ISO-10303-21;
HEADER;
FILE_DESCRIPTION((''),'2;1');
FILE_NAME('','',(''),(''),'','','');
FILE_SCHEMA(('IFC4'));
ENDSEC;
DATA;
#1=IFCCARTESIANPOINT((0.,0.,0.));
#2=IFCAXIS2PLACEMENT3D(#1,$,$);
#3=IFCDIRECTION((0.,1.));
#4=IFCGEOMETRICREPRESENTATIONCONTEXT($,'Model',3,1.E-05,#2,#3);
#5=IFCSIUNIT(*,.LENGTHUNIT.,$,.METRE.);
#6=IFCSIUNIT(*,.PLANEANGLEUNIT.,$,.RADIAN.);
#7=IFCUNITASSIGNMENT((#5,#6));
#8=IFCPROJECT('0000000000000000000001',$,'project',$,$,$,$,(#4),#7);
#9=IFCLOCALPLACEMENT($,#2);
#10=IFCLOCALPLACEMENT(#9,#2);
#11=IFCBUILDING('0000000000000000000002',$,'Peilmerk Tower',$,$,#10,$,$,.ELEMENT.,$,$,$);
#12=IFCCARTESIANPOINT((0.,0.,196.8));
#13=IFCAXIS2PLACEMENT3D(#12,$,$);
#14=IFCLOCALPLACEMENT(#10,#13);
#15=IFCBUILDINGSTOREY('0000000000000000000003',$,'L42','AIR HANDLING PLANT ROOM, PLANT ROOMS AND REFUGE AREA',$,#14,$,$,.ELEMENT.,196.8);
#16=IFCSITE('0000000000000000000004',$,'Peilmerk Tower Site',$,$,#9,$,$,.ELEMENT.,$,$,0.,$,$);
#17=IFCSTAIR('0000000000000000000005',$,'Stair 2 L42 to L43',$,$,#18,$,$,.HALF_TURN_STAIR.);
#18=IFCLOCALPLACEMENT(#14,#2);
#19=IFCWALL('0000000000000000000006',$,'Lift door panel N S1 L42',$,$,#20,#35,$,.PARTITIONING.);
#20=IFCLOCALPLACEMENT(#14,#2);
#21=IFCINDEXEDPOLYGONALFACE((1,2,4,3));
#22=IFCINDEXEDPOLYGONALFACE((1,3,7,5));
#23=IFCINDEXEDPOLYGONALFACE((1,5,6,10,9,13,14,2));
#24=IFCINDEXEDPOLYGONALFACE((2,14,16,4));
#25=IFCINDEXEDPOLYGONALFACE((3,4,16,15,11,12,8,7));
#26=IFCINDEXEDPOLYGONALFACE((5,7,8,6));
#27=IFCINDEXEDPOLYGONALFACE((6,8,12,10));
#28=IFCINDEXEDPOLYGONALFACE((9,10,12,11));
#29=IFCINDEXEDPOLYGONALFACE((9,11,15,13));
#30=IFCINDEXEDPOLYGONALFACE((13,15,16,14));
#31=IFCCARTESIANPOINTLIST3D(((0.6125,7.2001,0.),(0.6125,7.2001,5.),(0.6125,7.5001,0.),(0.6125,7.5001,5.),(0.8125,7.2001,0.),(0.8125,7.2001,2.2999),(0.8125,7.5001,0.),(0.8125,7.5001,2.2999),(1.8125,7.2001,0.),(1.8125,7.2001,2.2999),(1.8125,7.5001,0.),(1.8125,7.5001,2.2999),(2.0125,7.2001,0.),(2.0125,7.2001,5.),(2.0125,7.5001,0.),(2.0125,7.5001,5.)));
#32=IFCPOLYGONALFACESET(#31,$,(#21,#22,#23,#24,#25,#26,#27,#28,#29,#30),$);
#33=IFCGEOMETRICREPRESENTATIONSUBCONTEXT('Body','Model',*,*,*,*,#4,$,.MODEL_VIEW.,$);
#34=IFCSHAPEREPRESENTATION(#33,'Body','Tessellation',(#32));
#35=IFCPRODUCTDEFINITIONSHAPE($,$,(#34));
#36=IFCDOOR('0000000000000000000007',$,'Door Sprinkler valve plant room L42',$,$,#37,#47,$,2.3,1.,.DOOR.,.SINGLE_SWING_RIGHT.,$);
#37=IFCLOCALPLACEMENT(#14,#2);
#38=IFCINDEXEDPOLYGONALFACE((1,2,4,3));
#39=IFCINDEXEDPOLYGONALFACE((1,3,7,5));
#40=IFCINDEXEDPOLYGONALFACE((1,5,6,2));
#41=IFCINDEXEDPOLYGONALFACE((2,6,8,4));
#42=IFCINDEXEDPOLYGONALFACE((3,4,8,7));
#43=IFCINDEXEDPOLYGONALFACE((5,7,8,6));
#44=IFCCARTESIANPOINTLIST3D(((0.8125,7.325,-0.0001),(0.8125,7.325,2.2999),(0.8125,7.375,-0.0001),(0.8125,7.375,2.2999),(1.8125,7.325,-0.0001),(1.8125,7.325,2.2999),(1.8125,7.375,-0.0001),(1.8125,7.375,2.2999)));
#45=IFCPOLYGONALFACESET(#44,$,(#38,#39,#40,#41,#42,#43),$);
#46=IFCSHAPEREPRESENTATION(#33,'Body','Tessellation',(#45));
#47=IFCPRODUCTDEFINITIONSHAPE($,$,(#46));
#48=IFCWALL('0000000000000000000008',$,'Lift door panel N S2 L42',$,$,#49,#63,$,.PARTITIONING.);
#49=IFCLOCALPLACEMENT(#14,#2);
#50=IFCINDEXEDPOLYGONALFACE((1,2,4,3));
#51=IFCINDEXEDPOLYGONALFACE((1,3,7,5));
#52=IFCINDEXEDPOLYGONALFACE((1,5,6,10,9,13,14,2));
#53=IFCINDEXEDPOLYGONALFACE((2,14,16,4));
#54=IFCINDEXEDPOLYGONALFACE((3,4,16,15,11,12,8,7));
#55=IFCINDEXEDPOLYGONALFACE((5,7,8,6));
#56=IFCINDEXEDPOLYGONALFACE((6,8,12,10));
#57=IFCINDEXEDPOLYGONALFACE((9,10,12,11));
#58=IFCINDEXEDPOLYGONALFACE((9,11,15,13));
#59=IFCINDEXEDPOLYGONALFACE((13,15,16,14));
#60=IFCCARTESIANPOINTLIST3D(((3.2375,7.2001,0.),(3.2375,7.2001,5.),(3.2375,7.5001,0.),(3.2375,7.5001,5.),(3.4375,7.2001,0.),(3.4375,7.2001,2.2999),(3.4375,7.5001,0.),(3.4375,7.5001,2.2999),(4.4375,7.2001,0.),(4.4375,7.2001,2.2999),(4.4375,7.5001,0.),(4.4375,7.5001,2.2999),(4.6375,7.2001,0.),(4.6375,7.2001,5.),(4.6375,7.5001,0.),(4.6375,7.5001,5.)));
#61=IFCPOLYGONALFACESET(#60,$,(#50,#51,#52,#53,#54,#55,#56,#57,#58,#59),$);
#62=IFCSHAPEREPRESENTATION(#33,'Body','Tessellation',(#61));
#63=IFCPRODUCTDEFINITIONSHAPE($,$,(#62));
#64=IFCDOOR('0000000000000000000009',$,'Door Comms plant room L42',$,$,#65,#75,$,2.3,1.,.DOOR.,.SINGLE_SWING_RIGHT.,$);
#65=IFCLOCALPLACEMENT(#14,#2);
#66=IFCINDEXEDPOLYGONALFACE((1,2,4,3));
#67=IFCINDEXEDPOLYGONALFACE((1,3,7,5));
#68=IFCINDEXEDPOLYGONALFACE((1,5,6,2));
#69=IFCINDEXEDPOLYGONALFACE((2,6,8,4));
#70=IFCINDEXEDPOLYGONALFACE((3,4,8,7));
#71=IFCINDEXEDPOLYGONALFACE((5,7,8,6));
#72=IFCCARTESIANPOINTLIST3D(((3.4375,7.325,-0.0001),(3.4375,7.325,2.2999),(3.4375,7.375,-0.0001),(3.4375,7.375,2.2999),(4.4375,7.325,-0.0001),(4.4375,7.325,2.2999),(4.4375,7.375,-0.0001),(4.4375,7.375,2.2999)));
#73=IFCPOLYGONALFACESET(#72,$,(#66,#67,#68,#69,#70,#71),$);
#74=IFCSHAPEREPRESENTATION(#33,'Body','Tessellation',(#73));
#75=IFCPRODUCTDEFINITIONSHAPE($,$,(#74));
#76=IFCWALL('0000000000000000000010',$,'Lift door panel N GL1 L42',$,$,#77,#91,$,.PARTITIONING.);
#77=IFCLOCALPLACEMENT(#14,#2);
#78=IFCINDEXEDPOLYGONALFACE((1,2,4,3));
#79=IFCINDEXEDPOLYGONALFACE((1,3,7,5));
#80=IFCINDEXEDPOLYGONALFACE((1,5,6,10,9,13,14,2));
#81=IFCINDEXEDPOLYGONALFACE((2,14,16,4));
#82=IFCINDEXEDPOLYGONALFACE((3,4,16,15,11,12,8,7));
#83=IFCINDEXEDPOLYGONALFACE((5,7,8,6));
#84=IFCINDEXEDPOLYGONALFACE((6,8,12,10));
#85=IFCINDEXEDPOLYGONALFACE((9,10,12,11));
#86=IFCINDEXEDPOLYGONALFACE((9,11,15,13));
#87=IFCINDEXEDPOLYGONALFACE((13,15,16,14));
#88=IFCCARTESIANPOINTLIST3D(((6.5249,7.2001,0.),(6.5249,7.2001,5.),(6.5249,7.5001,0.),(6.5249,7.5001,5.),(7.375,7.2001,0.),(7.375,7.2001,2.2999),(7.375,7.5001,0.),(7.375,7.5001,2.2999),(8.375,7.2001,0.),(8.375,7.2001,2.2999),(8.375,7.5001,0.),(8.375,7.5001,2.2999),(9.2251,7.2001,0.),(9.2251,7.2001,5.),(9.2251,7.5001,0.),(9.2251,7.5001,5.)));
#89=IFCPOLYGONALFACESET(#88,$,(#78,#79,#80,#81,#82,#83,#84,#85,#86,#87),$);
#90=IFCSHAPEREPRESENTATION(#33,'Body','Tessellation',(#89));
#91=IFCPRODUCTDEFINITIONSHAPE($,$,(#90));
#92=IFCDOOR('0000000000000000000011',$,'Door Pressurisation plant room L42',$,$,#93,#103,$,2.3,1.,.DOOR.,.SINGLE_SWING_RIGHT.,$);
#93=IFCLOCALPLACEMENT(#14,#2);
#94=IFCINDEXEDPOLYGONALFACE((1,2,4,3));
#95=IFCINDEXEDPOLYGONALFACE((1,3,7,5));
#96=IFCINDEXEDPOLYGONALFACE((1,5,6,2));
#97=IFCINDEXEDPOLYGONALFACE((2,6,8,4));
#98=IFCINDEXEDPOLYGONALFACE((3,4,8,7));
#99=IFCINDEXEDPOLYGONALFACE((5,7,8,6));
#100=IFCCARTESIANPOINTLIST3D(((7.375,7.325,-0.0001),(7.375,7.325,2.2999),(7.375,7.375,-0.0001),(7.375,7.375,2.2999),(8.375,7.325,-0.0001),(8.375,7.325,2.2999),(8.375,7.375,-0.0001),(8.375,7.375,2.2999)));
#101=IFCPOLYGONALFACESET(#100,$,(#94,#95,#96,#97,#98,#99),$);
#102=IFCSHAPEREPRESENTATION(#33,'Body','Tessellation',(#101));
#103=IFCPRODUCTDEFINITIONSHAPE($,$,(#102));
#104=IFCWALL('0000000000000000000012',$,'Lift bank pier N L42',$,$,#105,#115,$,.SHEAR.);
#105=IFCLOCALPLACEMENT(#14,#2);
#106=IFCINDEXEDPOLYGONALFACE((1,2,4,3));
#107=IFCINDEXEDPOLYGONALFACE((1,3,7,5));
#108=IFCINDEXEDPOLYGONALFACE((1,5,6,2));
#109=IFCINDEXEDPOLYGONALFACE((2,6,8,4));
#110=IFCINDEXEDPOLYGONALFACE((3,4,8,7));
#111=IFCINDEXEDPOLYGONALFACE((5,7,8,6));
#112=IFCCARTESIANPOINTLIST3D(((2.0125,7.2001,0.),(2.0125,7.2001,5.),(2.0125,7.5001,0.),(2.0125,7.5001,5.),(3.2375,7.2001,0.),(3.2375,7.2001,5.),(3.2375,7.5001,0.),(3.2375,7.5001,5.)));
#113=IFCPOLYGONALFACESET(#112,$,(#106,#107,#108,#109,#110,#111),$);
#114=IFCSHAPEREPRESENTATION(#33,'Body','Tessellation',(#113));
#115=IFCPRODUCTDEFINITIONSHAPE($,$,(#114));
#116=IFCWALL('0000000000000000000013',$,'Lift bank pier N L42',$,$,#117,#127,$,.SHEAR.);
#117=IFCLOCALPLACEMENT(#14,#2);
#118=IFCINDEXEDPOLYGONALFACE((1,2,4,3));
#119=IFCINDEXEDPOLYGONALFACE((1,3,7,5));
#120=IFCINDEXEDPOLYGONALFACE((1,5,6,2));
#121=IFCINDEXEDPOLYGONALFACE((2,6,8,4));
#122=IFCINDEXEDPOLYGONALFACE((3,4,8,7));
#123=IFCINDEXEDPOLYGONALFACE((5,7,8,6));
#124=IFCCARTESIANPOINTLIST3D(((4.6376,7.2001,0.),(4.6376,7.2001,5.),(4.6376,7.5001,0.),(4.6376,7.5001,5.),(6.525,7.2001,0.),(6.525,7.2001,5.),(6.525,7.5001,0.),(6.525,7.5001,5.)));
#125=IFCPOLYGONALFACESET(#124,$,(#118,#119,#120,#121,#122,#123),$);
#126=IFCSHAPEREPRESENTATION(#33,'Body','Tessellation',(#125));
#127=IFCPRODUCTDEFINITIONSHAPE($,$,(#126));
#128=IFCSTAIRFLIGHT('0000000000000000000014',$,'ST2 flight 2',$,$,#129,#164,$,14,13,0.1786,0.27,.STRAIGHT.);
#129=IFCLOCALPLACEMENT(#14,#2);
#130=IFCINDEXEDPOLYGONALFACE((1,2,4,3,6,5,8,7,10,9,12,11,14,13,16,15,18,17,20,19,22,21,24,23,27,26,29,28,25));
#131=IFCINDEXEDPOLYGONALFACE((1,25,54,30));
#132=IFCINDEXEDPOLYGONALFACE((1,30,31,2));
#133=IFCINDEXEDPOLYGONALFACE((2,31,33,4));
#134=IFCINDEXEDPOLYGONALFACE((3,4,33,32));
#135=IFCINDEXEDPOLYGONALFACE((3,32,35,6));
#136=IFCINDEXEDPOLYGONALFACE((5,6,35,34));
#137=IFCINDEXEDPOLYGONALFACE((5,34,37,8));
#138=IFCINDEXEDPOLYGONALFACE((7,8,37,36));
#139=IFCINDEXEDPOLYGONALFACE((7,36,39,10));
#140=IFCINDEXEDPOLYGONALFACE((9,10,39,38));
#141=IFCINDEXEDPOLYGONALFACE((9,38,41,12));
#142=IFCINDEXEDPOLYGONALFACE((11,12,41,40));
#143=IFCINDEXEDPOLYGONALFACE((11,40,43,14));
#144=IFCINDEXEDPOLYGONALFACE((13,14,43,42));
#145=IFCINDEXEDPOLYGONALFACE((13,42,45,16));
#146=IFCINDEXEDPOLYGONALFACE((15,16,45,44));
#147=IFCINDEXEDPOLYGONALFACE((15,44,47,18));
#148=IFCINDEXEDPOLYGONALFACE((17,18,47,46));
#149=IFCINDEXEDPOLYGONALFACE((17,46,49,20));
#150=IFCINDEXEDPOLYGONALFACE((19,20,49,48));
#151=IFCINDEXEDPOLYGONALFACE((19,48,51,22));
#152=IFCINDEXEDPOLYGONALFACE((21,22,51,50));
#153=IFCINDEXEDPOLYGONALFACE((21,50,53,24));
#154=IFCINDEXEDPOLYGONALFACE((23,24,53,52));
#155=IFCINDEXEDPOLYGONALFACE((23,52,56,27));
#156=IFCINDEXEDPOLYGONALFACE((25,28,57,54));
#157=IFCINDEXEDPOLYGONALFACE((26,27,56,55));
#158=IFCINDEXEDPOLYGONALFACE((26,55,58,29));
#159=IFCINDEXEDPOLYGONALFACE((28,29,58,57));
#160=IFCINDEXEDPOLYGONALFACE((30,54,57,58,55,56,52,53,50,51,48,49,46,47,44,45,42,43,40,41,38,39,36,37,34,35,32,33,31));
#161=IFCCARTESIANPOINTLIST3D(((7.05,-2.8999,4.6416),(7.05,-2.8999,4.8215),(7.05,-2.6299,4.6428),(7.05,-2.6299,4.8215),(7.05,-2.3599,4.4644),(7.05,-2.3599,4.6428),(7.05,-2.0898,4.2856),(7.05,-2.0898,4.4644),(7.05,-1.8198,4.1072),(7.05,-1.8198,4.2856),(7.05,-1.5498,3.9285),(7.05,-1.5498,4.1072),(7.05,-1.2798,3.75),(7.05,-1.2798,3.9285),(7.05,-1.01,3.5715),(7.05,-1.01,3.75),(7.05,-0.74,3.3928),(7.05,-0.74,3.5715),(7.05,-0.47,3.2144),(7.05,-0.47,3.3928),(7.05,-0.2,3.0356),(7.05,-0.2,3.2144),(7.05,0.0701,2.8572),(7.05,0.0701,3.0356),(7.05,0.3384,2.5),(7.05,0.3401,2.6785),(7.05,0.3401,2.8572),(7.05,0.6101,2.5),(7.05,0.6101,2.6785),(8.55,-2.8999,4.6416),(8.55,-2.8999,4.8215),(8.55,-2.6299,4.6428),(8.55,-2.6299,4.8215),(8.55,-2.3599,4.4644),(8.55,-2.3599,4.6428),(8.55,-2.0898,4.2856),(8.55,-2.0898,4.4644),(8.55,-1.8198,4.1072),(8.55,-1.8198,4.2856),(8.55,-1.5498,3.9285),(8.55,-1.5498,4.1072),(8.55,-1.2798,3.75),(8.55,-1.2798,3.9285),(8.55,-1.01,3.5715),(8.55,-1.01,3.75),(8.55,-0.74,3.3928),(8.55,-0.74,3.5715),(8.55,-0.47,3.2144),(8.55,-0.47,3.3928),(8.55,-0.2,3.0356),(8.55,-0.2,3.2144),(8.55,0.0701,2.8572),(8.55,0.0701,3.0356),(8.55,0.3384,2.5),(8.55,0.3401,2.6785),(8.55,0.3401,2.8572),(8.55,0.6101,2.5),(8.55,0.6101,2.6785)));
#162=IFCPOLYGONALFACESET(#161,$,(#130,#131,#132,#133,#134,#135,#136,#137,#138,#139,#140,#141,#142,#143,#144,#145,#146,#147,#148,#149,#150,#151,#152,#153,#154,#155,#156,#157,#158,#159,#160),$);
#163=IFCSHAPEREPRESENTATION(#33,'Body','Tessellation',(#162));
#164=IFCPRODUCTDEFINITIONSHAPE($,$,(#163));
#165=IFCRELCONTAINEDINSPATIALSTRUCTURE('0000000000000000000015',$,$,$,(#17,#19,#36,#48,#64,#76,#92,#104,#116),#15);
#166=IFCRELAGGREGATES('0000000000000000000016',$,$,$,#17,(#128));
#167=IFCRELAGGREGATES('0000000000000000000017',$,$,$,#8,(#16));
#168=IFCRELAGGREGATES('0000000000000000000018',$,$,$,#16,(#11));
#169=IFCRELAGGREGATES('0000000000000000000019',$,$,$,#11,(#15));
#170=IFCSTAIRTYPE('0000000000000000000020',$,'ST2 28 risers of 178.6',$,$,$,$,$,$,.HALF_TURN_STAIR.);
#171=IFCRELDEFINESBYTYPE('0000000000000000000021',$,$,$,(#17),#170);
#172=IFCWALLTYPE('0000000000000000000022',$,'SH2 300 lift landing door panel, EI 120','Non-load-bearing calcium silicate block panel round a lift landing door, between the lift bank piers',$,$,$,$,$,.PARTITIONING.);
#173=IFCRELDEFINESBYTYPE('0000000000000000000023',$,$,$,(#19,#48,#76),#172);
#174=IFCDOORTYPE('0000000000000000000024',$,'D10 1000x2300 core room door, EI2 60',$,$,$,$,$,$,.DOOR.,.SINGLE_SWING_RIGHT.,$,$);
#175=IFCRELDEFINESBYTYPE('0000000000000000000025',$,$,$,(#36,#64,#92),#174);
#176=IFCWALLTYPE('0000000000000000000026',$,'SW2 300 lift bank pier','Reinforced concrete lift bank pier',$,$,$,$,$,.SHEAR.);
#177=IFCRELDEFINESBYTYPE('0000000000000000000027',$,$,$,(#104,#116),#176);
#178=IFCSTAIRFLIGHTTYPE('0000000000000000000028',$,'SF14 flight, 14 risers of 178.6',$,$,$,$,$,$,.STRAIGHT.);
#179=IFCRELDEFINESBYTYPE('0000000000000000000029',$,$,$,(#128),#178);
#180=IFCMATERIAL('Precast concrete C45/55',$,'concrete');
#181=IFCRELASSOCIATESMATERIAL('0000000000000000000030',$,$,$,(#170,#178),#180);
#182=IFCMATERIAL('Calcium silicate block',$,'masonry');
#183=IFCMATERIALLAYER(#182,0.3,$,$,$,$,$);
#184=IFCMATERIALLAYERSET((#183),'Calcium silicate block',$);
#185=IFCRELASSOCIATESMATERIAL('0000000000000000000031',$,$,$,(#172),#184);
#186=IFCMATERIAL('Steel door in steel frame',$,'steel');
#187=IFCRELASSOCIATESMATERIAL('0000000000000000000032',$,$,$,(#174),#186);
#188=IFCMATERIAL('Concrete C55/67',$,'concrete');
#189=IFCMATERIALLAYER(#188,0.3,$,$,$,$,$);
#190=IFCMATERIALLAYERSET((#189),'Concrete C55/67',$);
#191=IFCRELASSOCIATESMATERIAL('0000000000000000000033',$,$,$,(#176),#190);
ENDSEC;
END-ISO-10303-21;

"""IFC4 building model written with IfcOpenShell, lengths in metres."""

from ifc_helpers import new_model, si_unit, direction, frame, frame_2d, origin, place, context, subcontext, project, spatial, polyline, rectangle, outline, extrude, material, layer, layer_set, type_object, element, fill, aggregate, save


model = new_model("IFC4")

# Units and contexts
model_context = context("Model", 3, precision=1e-05, world=origin(), true_north=direction((0.0, 1.0)))
body_context = subcontext(model_context, "Body", "Model", "MODEL_VIEW")
ifc_project = project(units=[si_unit("LENGTHUNIT", "METRE"), si_unit("PLANEANGLEUNIT", "RADIAN")], contexts=[model_context])

# Site, building, storey
site_placement = place(None, origin())
site = spatial("IfcSite", under=ifc_project, at=site_placement, Name="Peilmerk Tower Site", CompositionType="ELEMENT", RefElevation=0.0)
building_placement = place(site_placement, origin())
building = spatial("IfcBuilding", under=site, at=building_placement, Name="Peilmerk Tower", CompositionType="ELEMENT")
storey_placement = place(building_placement, frame((0.0, 0.0, 196.8)))
storey = spatial("IfcBuildingStorey", under=building, at=storey_placement, Name="L42", Description="AIR HANDLING PLANT ROOM, PLANT ROOMS AND REFUGE AREA", CompositionType="ELEMENT", Elevation=196.8)

# Stair
ifc_material_1 = material(Name="Precast concrete C45/55", Category="concrete")
stair_type_1 = type_object("IfcStairType", Name="ST2 28 risers of 178.6", PredefinedType="HALF_TURN_STAIR", material=ifc_material_1)
stair_1_placement = place(storey_placement, origin())
stair_1 = element("IfcStair", 1, at=stair_1_placement, inside=storey, type_object=stair_type_1, Name="Stair 2 L42 to L43", PredefinedType="HALF_TURN_STAIR")

# Shared definitions
ifc_material_2 = material(Name="Steel door in steel frame", Category="steel")

# Shared definitions
ifc_material_3 = material(Name="Calcium silicate block", Category="masonry")

# Walls, openings, doors
ifc_layer_1 = layer(ifc_material_3, 0.3)
ifc_layer_set_1 = layer_set([ifc_layer_1], Name="Calcium silicate block")
wall_type_1 = type_object("IfcWallType", Name="SH2 300 lift landing door panel, EI 120", Description="Non-load-bearing calcium silicate block panel round a lift landing door, between the lift bank piers", PredefinedType="PARTITIONING", material=ifc_layer_set_1)
wall_1_placement = place(storey_placement, frame((0.6125, 7.3501, 0.0), z_axis=(0.0, 0.0, 1.0), x_axis=(1.0, 0.0, 0.0)))
wall_1 = element("IfcWall", 2, at=wall_1_placement, inside=storey, type_object=wall_type_1, Name="Lift door panel N S1 L42", PredefinedType="PARTITIONING", context=body_context, shape_type="SweptSolid", body=[
    extrude(rectangle(XDim=1.3999, YDim=0.3, at=frame_2d((0.7, 0.0))), origin(), (0.0, 0.0, 1.0), 5.0),
])
opening_1_placement = place(wall_1_placement, frame((0.2, 0.0, 0.0)))
opening_1 = element("IfcOpeningElement", 3, at=opening_1_placement, cuts=wall_1, PredefinedType="OPENING", context=body_context, shape_type="SweptSolid", body=[
    extrude(rectangle(XDim=1.0, YDim=2.3, at=frame_2d((0.5, 1.1499))), frame((0.0, 0.1599, 0.0), z_axis=(0.0, -1.0, 0.0), x_axis=(1.0, 0.0, 0.0)), (0.0, 0.0, 1.0), 0.3201),
])
door_type_1 = type_object("IfcDoorType", Name="D10 1000x2300 core room door, EI2 60", OperationType="SINGLE_SWING_RIGHT", PredefinedType="DOOR", material=ifc_material_2)
door_1_placement = place(opening_1_placement, origin())
door_1 = element("IfcDoor", 4, at=door_1_placement, inside=storey, type_object=door_type_1, Name="Door Sprinkler valve plant room L42", OperationType="SINGLE_SWING_RIGHT", OverallHeight=2.3, OverallWidth=1.0, PredefinedType="DOOR", context=body_context, shape_type="SweptSolid", body=[
    extrude(rectangle(XDim=1.0, YDim=2.3, at=frame_2d((0.5, 1.1499))), frame((0.0, 0.0249, 0.0), z_axis=(0.0, -1.0, 0.0), x_axis=(1.0, 0.0, 0.0)), (0.0, 0.0, 1.0), 0.05),
])
fill(opening_1, door_1)
wall_2_placement = place(storey_placement, frame((3.2375, 7.3501, 0.0), z_axis=(0.0, 0.0, 1.0), x_axis=(1.0, 0.0, 0.0)))
wall_2 = element("IfcWall", 5, at=wall_2_placement, inside=storey, type_object=wall_type_1, Name="Lift door panel N S2 L42", PredefinedType="PARTITIONING", context=body_context, shape_type="SweptSolid", body=[
    extrude(rectangle(XDim=1.3999, YDim=0.3, at=frame_2d((0.7, 0.0))), origin(), (0.0, 0.0, 1.0), 5.0),
])
opening_2_placement = place(wall_2_placement, frame((0.2, 0.0, 0.0)))
opening_2 = element("IfcOpeningElement", 6, at=opening_2_placement, cuts=wall_2, PredefinedType="OPENING", context=body_context, shape_type="SweptSolid", body=[
    extrude(rectangle(XDim=1.0, YDim=2.3, at=frame_2d((0.5, 1.1499))), frame((0.0, 0.1599, 0.0), z_axis=(0.0, -1.0, 0.0), x_axis=(1.0, 0.0, 0.0)), (0.0, 0.0, 1.0), 0.3201),
])
door_2_placement = place(opening_2_placement, origin())
door_2 = element("IfcDoor", 7, at=door_2_placement, inside=storey, type_object=door_type_1, Name="Door Comms plant room L42", OperationType="SINGLE_SWING_RIGHT", OverallHeight=2.3, OverallWidth=1.0, PredefinedType="DOOR", context=body_context, shape_type="SweptSolid", body=[
    extrude(rectangle(XDim=1.0, YDim=2.3, at=frame_2d((0.5, 1.1499))), frame((0.0, 0.0249, 0.0), z_axis=(0.0, -1.0, 0.0), x_axis=(1.0, 0.0, 0.0)), (0.0, 0.0, 1.0), 0.05),
])
fill(opening_2, door_2)
wall_3_placement = place(storey_placement, frame((6.5249, 7.3501, 0.0), z_axis=(0.0, 0.0, 1.0), x_axis=(1.0, 0.0, 0.0)))
wall_3 = element("IfcWall", 8, at=wall_3_placement, inside=storey, type_object=wall_type_1, Name="Lift door panel N GL1 L42", PredefinedType="PARTITIONING", context=body_context, shape_type="SweptSolid", body=[
    extrude(rectangle(XDim=2.7002, YDim=0.3, at=frame_2d((1.3501, 0.0))), origin(), (0.0, 0.0, 1.0), 5.0),
])
opening_3_placement = place(wall_3_placement, frame((0.8501, 0.0, 0.0)))
opening_3 = element("IfcOpeningElement", 9, at=opening_3_placement, cuts=wall_3, PredefinedType="OPENING", context=body_context, shape_type="SweptSolid", body=[
    extrude(rectangle(XDim=1.0, YDim=2.3, at=frame_2d((0.5, 1.1499))), frame((0.0, 0.1599, 0.0), z_axis=(0.0, -1.0, 0.0), x_axis=(1.0, 0.0, 0.0)), (0.0, 0.0, 1.0), 0.3201),
])
door_3_placement = place(opening_3_placement, origin())
door_3 = element("IfcDoor", 10, at=door_3_placement, inside=storey, type_object=door_type_1, Name="Door Pressurisation plant room L42", OperationType="SINGLE_SWING_RIGHT", OverallHeight=2.3, OverallWidth=1.0, PredefinedType="DOOR", context=body_context, shape_type="SweptSolid", body=[
    extrude(rectangle(XDim=1.0, YDim=2.3, at=frame_2d((0.5, 1.1499))), frame((0.0, 0.0249, 0.0), z_axis=(0.0, -1.0, 0.0), x_axis=(1.0, 0.0, 0.0)), (0.0, 0.0, 1.0), 0.05),
])
fill(opening_3, door_3)

# Walls
ifc_material_4 = material(Name="Concrete C55/67", Category="concrete")
ifc_layer_2 = layer(ifc_material_4, 0.3)
ifc_layer_set_2 = layer_set([ifc_layer_2], Name="Concrete C55/67")
wall_type_2 = type_object("IfcWallType", Name="SW2 300 lift bank pier", Description="Reinforced concrete lift bank pier", PredefinedType="SHEAR", material=ifc_layer_set_2)
wall_4_placement = place(storey_placement, frame((2.0125, 7.3501, 0.0), z_axis=(0.0, 0.0, 1.0), x_axis=(1.0, 0.0, 0.0)))
element("IfcWall", 11, at=wall_4_placement, inside=storey, type_object=wall_type_2, Name="Lift bank pier N L42", PredefinedType="SHEAR", context=body_context, shape_type="SweptSolid", body=[
    extrude(rectangle(XDim=1.2251, YDim=0.3, at=frame_2d((0.6125, 0.0))), origin(), (0.0, 0.0, 1.0), 5.0),
])
wall_5_placement = place(storey_placement, frame((4.6375, 7.3501, 0.0), z_axis=(0.0, 0.0, 1.0), x_axis=(1.0, 0.0, 0.0)))
element("IfcWall", 12, at=wall_5_placement, inside=storey, type_object=wall_type_2, Name="Lift bank pier N L42", PredefinedType="SHEAR", context=body_context, shape_type="SweptSolid", body=[
    extrude(rectangle(XDim=1.8875, YDim=0.3, at=frame_2d((0.9438, 0.0))), origin(), (0.0, 0.0, 1.0), 5.0),
])

# Stair flight
stair_flight_type = type_object("IfcStairFlightType", Name="SF14 flight, 14 risers of 178.6", PredefinedType="STRAIGHT", material=ifc_material_1)
stair_flight_placement = place(storey_placement, frame((7.8, 0.6101, 2.5), z_axis=(0.0, 0.0, 1.0), x_axis=(0.0, -1.0, 0.0)))
stair_flight = element("IfcStairFlight", 13, at=stair_flight_placement, type_object=stair_flight_type, Name="ST2 flight 2", NumberOfRisers=14, NumberOfTreads=13, PredefinedType="STRAIGHT", RiserHeight=0.1786, TreadLength=0.27, context=body_context, shape_type="SweptSolid", body=[
    extrude(outline(polyline([(0.0, 0.0), (0.0, 0.1785), (0.27, 0.1785), (0.27, 0.3572), (0.54, 0.3572), (0.54, 0.5356), (0.8101, 0.5356), (0.8101, 0.7144), (1.0801, 0.7144), (1.0801, 0.8928), (1.3501, 0.8928), (1.3501, 1.0715), (1.6201, 1.0715), (1.6201, 1.25), (1.8899, 1.25), (1.8899, 1.4285), (2.1599, 1.4285), (2.1599, 1.6072), (2.4299, 1.6072), (2.4299, 1.7856), (2.7, 1.7856), (2.7, 1.9644), (2.97, 1.9644), (2.97, 2.1428), (3.24, 2.1428), (3.24, 2.3215), (3.51, 2.3215), (3.51, 2.5), (3.51, 2.1416), (0.2717, 0.0), (0.0, 0.0)])), frame((0.0, 0.75, 0.0), z_axis=(0.0, -1.0, 0.0), x_axis=(1.0, 0.0, 0.0)), (0.0, 0.0, 1.0), 1.5),
])
aggregate(stair_1, [stair_flight])

save(model, "model.ifc")
